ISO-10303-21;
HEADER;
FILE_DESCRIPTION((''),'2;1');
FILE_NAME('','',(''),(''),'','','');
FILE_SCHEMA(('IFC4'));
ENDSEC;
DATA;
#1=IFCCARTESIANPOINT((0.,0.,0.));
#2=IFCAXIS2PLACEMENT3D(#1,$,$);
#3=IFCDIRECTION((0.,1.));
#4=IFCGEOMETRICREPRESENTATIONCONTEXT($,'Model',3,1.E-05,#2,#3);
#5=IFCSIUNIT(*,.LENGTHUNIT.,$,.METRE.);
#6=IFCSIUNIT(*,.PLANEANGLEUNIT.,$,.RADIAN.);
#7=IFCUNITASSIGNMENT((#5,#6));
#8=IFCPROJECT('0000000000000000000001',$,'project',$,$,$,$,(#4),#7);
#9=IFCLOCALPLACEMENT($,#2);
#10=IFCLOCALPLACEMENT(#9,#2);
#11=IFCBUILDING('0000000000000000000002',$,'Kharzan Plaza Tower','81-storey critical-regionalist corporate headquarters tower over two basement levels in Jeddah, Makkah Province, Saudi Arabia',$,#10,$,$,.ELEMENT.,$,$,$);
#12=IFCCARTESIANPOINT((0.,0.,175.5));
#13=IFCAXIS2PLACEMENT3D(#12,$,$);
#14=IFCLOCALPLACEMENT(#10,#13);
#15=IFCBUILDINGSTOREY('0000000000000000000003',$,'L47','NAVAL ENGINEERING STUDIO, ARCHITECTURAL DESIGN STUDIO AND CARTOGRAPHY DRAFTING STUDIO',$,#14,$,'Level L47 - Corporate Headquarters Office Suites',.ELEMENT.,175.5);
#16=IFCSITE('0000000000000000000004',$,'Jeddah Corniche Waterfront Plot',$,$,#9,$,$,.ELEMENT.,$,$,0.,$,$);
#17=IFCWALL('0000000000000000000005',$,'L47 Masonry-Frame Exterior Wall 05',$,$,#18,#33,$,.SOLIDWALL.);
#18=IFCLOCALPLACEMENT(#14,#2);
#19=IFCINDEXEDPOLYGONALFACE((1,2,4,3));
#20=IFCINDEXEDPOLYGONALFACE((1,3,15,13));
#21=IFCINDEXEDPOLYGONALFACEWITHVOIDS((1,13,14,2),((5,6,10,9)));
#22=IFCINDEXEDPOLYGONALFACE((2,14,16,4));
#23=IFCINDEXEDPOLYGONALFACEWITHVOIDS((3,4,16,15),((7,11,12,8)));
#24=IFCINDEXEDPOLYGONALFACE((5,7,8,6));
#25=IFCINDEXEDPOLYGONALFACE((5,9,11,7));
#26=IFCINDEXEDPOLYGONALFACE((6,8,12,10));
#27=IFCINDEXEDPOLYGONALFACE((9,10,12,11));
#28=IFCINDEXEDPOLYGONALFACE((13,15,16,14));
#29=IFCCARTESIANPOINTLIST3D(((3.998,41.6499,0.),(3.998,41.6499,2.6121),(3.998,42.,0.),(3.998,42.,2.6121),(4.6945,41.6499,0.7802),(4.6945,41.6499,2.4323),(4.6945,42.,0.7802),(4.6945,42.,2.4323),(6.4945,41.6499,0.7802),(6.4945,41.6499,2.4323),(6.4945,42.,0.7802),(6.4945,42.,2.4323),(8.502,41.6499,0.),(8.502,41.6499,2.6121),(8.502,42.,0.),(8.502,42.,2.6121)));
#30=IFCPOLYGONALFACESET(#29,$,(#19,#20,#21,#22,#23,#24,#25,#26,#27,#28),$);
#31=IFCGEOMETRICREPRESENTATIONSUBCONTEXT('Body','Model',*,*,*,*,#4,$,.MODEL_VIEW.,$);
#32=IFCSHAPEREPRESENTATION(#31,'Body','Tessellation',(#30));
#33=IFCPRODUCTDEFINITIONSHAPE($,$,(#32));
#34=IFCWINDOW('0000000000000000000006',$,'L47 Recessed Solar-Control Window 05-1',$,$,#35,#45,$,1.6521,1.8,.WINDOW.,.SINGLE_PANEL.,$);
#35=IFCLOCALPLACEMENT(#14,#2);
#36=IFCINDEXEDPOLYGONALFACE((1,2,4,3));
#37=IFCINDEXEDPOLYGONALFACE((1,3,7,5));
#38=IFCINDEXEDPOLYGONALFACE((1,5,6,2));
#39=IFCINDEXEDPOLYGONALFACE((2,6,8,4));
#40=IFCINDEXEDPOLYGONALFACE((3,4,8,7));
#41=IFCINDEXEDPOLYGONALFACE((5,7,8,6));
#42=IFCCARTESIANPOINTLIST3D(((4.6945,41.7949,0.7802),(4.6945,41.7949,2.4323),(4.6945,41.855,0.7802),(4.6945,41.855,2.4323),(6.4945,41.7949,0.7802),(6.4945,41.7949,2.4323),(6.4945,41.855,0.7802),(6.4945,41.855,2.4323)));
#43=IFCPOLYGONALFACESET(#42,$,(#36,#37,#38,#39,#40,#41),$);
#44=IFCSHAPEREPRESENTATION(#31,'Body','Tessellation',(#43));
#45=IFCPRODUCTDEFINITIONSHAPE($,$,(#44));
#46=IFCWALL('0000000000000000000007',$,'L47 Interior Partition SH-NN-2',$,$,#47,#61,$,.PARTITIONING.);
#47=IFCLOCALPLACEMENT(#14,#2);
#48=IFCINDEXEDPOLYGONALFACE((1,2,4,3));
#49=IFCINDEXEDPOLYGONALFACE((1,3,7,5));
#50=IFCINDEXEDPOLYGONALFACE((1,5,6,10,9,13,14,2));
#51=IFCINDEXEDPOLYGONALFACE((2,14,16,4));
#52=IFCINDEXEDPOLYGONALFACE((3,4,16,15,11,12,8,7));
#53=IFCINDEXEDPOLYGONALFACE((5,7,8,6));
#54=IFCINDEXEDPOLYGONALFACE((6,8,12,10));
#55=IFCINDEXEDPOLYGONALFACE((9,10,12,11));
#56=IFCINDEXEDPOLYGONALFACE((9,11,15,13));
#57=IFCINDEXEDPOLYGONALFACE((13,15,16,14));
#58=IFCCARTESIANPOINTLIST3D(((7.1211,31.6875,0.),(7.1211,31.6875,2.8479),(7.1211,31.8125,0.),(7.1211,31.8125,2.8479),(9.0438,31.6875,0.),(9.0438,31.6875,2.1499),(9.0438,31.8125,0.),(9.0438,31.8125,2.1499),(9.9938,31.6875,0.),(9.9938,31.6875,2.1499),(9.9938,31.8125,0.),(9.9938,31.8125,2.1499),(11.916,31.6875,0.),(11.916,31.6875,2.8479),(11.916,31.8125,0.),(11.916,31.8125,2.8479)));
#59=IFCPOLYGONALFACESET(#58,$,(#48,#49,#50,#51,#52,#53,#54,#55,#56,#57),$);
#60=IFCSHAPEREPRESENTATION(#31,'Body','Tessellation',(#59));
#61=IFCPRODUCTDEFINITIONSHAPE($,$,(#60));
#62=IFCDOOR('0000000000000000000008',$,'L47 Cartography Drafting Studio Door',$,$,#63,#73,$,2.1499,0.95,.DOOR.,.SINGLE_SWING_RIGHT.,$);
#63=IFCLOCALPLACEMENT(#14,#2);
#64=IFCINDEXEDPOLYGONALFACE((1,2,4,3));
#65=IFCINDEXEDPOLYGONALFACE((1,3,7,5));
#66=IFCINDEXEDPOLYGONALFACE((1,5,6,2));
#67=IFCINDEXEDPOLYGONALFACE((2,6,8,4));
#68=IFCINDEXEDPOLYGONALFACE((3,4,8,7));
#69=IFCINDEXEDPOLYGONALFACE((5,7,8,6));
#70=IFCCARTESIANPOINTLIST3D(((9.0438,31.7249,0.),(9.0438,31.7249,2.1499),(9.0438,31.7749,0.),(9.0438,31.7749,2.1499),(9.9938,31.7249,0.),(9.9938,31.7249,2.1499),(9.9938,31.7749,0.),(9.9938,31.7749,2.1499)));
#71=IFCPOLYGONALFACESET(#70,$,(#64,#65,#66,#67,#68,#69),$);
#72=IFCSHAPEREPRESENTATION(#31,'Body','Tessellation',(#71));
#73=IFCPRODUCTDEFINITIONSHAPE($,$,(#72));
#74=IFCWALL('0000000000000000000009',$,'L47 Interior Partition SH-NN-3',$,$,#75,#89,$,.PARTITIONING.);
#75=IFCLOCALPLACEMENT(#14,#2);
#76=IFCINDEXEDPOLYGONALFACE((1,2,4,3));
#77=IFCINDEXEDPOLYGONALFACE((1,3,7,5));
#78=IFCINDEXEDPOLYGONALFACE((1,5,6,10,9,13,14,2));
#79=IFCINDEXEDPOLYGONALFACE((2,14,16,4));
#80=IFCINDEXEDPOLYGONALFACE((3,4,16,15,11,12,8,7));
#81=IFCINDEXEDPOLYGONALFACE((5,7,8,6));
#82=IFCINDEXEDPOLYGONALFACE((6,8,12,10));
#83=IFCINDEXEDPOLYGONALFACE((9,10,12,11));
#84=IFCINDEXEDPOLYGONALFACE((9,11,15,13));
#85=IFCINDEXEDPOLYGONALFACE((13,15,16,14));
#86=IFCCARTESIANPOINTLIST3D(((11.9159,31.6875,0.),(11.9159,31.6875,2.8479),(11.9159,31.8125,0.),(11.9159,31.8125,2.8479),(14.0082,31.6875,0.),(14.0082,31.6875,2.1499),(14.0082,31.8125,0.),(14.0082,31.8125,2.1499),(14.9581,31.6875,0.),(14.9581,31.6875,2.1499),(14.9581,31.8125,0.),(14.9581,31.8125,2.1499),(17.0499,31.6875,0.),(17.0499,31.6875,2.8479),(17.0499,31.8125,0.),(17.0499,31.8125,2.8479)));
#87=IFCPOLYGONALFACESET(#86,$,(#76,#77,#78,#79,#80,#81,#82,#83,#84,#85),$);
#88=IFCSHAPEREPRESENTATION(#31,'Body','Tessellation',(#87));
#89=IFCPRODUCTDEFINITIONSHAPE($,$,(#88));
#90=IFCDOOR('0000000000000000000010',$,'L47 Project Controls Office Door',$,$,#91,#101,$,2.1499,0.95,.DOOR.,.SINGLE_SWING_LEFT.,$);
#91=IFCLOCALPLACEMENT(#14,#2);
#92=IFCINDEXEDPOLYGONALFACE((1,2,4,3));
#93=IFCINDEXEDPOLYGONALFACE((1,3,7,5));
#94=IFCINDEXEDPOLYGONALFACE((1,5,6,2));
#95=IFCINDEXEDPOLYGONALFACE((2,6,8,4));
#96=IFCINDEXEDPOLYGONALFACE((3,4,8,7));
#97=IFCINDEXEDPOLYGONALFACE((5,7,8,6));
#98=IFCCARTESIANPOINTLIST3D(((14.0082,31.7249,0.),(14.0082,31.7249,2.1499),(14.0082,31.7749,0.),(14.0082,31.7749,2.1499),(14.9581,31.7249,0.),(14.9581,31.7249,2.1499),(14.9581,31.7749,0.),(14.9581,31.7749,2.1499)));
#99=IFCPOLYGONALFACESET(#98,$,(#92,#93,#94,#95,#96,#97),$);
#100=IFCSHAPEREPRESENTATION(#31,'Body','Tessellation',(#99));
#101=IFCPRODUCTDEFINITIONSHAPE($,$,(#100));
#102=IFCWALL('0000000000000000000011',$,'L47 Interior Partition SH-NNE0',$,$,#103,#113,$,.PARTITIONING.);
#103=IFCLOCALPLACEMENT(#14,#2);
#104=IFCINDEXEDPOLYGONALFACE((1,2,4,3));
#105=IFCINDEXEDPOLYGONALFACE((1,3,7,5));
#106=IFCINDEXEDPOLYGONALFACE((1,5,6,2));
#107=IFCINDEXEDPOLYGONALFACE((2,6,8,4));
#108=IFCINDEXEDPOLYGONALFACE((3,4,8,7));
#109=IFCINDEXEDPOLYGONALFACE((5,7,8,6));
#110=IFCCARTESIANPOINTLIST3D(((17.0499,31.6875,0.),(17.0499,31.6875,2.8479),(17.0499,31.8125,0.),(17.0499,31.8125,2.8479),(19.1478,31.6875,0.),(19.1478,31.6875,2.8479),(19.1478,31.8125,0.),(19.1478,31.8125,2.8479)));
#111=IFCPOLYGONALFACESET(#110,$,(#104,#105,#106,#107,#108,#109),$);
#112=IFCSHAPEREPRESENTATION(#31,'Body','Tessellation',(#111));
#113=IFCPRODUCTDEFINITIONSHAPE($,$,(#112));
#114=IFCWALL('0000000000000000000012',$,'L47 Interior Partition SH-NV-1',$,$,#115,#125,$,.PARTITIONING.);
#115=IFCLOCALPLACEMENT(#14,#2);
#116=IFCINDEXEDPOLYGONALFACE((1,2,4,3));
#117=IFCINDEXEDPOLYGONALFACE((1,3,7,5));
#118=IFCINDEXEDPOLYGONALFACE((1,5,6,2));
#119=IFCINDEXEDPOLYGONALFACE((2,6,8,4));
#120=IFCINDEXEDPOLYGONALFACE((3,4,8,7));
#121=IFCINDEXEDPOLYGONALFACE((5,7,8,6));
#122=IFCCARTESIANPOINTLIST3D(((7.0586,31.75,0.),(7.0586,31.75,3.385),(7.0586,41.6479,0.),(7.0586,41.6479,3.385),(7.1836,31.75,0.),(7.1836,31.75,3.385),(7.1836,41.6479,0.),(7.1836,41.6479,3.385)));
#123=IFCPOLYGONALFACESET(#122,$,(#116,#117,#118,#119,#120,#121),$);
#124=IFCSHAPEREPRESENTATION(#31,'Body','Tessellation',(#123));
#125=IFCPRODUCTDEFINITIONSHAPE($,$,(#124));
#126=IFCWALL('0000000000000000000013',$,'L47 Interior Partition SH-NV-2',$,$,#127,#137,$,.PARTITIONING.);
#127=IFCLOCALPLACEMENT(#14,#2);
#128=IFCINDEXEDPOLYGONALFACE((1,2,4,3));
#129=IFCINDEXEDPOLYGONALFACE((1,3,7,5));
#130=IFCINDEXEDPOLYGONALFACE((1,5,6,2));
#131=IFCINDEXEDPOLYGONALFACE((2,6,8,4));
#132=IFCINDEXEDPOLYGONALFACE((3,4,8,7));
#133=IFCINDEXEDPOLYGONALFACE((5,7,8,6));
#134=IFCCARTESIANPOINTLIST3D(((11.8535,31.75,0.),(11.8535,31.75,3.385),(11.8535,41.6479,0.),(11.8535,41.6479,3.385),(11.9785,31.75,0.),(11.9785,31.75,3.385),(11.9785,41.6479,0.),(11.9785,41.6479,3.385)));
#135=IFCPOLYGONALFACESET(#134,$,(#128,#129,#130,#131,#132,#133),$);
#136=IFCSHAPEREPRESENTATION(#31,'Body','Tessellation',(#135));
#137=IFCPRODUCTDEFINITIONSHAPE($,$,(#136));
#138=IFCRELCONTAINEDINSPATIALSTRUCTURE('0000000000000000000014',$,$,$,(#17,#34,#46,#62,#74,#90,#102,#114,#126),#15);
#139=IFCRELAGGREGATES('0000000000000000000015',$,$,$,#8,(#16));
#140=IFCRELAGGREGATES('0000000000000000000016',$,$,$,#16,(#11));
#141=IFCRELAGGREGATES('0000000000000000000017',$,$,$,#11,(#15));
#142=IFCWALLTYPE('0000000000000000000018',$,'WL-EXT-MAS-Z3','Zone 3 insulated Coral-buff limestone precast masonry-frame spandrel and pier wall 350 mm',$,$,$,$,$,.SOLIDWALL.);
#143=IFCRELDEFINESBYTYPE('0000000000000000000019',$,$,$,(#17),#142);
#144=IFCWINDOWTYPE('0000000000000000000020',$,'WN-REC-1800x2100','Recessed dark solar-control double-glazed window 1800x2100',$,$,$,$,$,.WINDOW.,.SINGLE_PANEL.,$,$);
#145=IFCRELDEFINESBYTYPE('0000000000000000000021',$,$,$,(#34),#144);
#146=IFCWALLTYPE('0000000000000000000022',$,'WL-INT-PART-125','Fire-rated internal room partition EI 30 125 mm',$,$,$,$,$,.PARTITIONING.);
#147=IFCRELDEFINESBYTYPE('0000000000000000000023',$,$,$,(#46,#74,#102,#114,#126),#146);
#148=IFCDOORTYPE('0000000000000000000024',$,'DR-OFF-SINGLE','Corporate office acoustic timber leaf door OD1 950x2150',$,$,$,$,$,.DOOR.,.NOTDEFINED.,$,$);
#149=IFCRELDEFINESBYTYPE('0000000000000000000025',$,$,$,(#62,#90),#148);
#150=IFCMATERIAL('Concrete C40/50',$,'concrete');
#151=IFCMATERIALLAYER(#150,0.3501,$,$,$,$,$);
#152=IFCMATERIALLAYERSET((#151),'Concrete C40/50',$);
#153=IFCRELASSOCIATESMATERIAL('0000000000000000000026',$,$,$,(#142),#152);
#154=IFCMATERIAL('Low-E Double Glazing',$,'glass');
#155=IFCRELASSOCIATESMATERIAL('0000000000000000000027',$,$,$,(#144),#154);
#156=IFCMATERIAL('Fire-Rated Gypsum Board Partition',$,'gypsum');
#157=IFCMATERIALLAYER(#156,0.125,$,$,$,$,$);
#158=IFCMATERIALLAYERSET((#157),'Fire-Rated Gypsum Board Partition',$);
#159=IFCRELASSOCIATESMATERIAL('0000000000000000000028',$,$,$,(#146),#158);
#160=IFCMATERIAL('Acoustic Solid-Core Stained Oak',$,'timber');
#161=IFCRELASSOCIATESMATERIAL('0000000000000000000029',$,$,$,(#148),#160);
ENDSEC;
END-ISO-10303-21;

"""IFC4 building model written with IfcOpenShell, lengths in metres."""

from ifc_helpers import new_model, si_unit, direction, frame, frame_2d, origin, place, context, subcontext, project, spatial, rectangle, extrude, source, transform, mapped, material, layer, layer_set, type_object, element, fill, save


model = new_model("IFC4")

# Units and contexts
model_context = context("Model", 3, precision=1e-05, world=origin(), true_north=direction((0.0, 1.0)))
body_context = subcontext(model_context, "Body", "Model", "MODEL_VIEW")
ifc_project = project(units=[si_unit("LENGTHUNIT", "METRE"), si_unit("PLANEANGLEUNIT", "RADIAN")], contexts=[model_context])

# Site, building, storey
site_placement = place(None, origin())
site = spatial("IfcSite", under=ifc_project, at=site_placement, Name="Jeddah Corniche Waterfront Plot", CompositionType="ELEMENT", RefElevation=0.0)
building_placement = place(site_placement, origin())
building = spatial("IfcBuilding", under=site, at=building_placement, Name="Kharzan Plaza Tower", Description="81-storey critical-regionalist corporate headquarters tower over two basement levels in Jeddah, Makkah Province, Saudi Arabia", CompositionType="ELEMENT")
storey_placement = place(building_placement, frame((0.0, 0.0, 175.5)))
storey = spatial("IfcBuildingStorey", under=building, at=storey_placement, Name="L47", Description="NAVAL ENGINEERING STUDIO, ARCHITECTURAL DESIGN STUDIO AND CARTOGRAPHY DRAFTING STUDIO", LongName="Level L47 - Corporate Headquarters Office Suites", CompositionType="ELEMENT", Elevation=175.5)

# Shared definitions
ifc_material_1 = material(Name="Concrete C40/50", Category="concrete")
ifc_layer_1 = layer(ifc_material_1, 0.3501)
ifc_layer_set_1 = layer_set([ifc_layer_1], Name="Concrete C40/50")
wall_type_1 = type_object("IfcWallType", Name="WL-EXT-MAS-Z3", Description="Zone 3 insulated Coral-buff limestone precast masonry-frame spandrel and pier wall 350 mm", PredefinedType="SOLIDWALL", material=ifc_layer_set_1)
ifc_material_2 = material(Name="Low-E Double Glazing", Category="glass")

# Wall, opening, window
wall_1_placement = place(storey_placement, frame((8.502, 41.825, 0.0), z_axis=(0.0, 0.0, 1.0), x_axis=(-1.0, 0.0, 0.0)))
wall_1 = element("IfcWall", 1, at=wall_1_placement, inside=storey, type_object=wall_type_1, Name="L47 Masonry-Frame Exterior Wall 05", PredefinedType="SOLIDWALL", context=body_context, shape_type="SweptSolid", body=[
    extrude(rectangle(XDim=4.5039, YDim=0.3501, at=frame_2d((2.252, 0.0))), origin(), (0.0, 0.0, 1.0), 2.6121),
])
opening_1_placement = place(wall_1_placement, frame((2.0076, 0.0, 0.78)))
opening_1 = element("IfcOpeningElement", 2, at=opening_1_placement, cuts=wall_1, PredefinedType="OPENING", context=body_context, shape_type="SweptSolid", body=[
    extrude(rectangle(XDim=1.8, YDim=1.6521, at=frame_2d((0.8999, 0.8262))), frame((0.0, 0.1851, 0.0), z_axis=(0.0, -1.0, 0.0), x_axis=(1.0, 0.0, 0.0)), (0.0, 0.0, 1.0), 0.3701),
])
window_type_1 = type_object("IfcWindowType", Name="WN-REC-1800x2100", Description="Recessed dark solar-control double-glazed window 1800x2100", PartitioningType="SINGLE_PANEL", PredefinedType="WINDOW", material=ifc_material_2)
shared_shape_1 = source(origin(), body_context, "Body", "SweptSolid", [
    extrude(rectangle(XDim=1.8, YDim=1.6521, at=frame_2d((0.8999, 0.8262))), frame((0.0, 0.03, 0.0), z_axis=(0.0, -1.0, 0.0), x_axis=(1.0, 0.0, 0.0)), (0.0, 0.0, 1.0), 0.0601),
])
window_1_placement = place(opening_1_placement, origin())
window_1 = element("IfcWindow", 3, at=window_1_placement, inside=storey, type_object=window_type_1, Name="L47 Recessed Solar-Control Window 05-1", OverallHeight=1.6521, OverallWidth=1.8, PartitioningType="SINGLE_PANEL", PredefinedType="WINDOW", context=body_context, shape_type="MappedRepresentation", body=[
    mapped(shared_shape_1, transform((0.0, 0.0, 0.0), x_axis=(1.0, 0.0, 0.0), y_axis=(0.0, 1.0, 0.0), z_axis=(0.0, 0.0, 1.0))),
])
fill(opening_1, window_1)

# Walls, openings, doors
ifc_material_3 = material(Name="Fire-Rated Gypsum Board Partition", Category="gypsum")
ifc_layer_2 = layer(ifc_material_3, 0.125)
ifc_layer_set_2 = layer_set([ifc_layer_2], Name="Fire-Rated Gypsum Board Partition")
wall_type_2 = type_object("IfcWallType", Name="WL-INT-PART-125", Description="Fire-rated internal room partition EI 30 125 mm", PredefinedType="PARTITIONING", material=ifc_layer_set_2)
wall_2_placement = place(storey_placement, frame((7.1211, 31.75, 0.0), z_axis=(0.0, 0.0, 1.0), x_axis=(1.0, 0.0, 0.0)))
wall_2 = element("IfcWall", 4, at=wall_2_placement, inside=storey, type_object=wall_type_2, Name="L47 Interior Partition SH-NN-2", PredefinedType="PARTITIONING", context=body_context, shape_type="SweptSolid", body=[
    extrude(rectangle(XDim=4.7949, YDim=0.125, at=frame_2d((2.3975, 0.0))), origin(), (0.0, 0.0, 1.0), 2.8479),
])
opening_2_placement = place(wall_2_placement, frame((1.9226, 0.0, 0.0)))
opening_2 = element("IfcOpeningElement", 5, at=opening_2_placement, cuts=wall_2, PredefinedType="OPENING", context=body_context, shape_type="SweptSolid", body=[
    extrude(rectangle(XDim=0.95, YDim=2.1499, at=frame_2d((0.4751, 1.075))), frame((0.0, 0.0725, 0.0), z_axis=(0.0, -1.0, 0.0), x_axis=(1.0, 0.0, 0.0)), (0.0, 0.0, 1.0), 0.145),
])
ifc_material_4 = material(Name="Acoustic Solid-Core Stained Oak", Category="timber")
door_type = type_object("IfcDoorType", Name="DR-OFF-SINGLE", Description="Corporate office acoustic timber leaf door OD1 950x2150", OperationType="NOTDEFINED", PredefinedType="DOOR", material=ifc_material_4)
shared_shape_2 = source(origin(), body_context, "Body", "SweptSolid", [
    extrude(rectangle(XDim=0.95, YDim=2.1499, at=frame_2d((0.4751, 1.075))), frame((0.0, 0.0249, 0.0), z_axis=(0.0, -1.0, 0.0), x_axis=(1.0, 0.0, 0.0)), (0.0, 0.0, 1.0), 0.05),
])
door_1_placement = place(opening_2_placement, origin())
door_1 = element("IfcDoor", 6, at=door_1_placement, inside=storey, type_object=door_type, Name="L47 Cartography Drafting Studio Door", OperationType="SINGLE_SWING_RIGHT", OverallHeight=2.1499, OverallWidth=0.95, PredefinedType="DOOR", context=body_context, shape_type="MappedRepresentation", body=[
    mapped(shared_shape_2, transform((0.0, 0.0, 0.0), x_axis=(1.0, 0.0, 0.0), y_axis=(0.0, 1.0, 0.0), z_axis=(0.0, 0.0, 1.0))),
])
fill(opening_2, door_1)
wall_3_placement = place(storey_placement, frame((11.916, 31.75, 0.0), z_axis=(0.0, 0.0, 1.0), x_axis=(1.0, 0.0, 0.0)))
wall_3 = element("IfcWall", 7, at=wall_3_placement, inside=storey, type_object=wall_type_2, Name="L47 Interior Partition SH-NN-3", PredefinedType="PARTITIONING", context=body_context, shape_type="SweptSolid", body=[
    extrude(rectangle(XDim=5.134, YDim=0.125, at=frame_2d((2.5669, 0.0))), origin(), (0.0, 0.0, 1.0), 2.8479),
])
opening_3_placement = place(wall_3_placement, frame((2.092, 0.0, 0.0)))
opening_3 = element("IfcOpeningElement", 8, at=opening_3_placement, cuts=wall_3, PredefinedType="OPENING", context=body_context, shape_type="SweptSolid", body=[
    extrude(rectangle(XDim=0.95, YDim=2.1499, at=frame_2d((0.4751, 1.075))), frame((0.0, 0.0725, 0.0), z_axis=(0.0, -1.0, 0.0), x_axis=(1.0, 0.0, 0.0)), (0.0, 0.0, 1.0), 0.145),
])
door_2_placement = place(opening_3_placement, origin())
door_2 = element("IfcDoor", 9, at=door_2_placement, inside=storey, type_object=door_type, Name="L47 Project Controls Office Door", OperationType="SINGLE_SWING_LEFT", OverallHeight=2.1499, OverallWidth=0.95, PredefinedType="DOOR", context=body_context, shape_type="MappedRepresentation", body=[
    mapped(shared_shape_2, transform((0.0, 0.0, 0.0), x_axis=(1.0, 0.0, 0.0), y_axis=(0.0, 1.0, 0.0), z_axis=(0.0, 0.0, 1.0))),
])
fill(opening_3, door_2)

# Walls
shared_shape_3 = source(origin(), body_context, "Body", "SweptSolid", [
    extrude(rectangle(XDim=2.0979, YDim=0.125, at=frame_2d((1.0488, 0.0))), origin(), (0.0, 0.0, 1.0), 2.8479),
])
wall_4_placement = place(storey_placement, frame((17.05, 31.75, 0.0), z_axis=(0.0, 0.0, 1.0), x_axis=(1.0, 0.0, 0.0)))
element("IfcWall", 10, at=wall_4_placement, inside=storey, type_object=wall_type_2, Name="L47 Interior Partition SH-NNE0", PredefinedType="PARTITIONING", context=body_context, shape_type="MappedRepresentation", body=[
    mapped(shared_shape_3, transform((0.0, 0.0, 0.0), x_axis=(1.0, 0.0, 0.0), y_axis=(0.0, 1.0, 0.0), z_axis=(0.0, 0.0, 1.0))),
])
shared_shape_4 = source(origin(), body_context, "Body", "SweptSolid", [
    extrude(rectangle(XDim=9.8979, YDim=0.125, at=frame_2d((4.949, 0.0))), origin(), (0.0, 0.0, 1.0), 3.385),
])
for number, where, z_axis, x_axis, name in (
    (11, (7.1211, 31.75, 0.0), (0.0, 0.0, 1.0), (0.0, 1.0, 0.0), "L47 Interior Partition SH-NV-1"),
    (12, (11.916, 31.75, 0.0), (0.0, 0.0, 1.0), (0.0, 1.0, 0.0), "L47 Interior Partition SH-NV-2"),
):
    element("IfcWall", number, at=place(storey_placement, frame(where, z_axis=z_axis, x_axis=x_axis)), inside=storey, type_object=wall_type_2, Name=name, PredefinedType="PARTITIONING", context=body_context, shape_type="MappedRepresentation", body=[
        mapped(shared_shape_4, transform((0.0, 0.0, 0.0), x_axis=(1.0, 0.0, 0.0), y_axis=(0.0, 1.0, 0.0), z_axis=(0.0, 0.0, 1.0))),
    ])

save(model, "model.ifc")
